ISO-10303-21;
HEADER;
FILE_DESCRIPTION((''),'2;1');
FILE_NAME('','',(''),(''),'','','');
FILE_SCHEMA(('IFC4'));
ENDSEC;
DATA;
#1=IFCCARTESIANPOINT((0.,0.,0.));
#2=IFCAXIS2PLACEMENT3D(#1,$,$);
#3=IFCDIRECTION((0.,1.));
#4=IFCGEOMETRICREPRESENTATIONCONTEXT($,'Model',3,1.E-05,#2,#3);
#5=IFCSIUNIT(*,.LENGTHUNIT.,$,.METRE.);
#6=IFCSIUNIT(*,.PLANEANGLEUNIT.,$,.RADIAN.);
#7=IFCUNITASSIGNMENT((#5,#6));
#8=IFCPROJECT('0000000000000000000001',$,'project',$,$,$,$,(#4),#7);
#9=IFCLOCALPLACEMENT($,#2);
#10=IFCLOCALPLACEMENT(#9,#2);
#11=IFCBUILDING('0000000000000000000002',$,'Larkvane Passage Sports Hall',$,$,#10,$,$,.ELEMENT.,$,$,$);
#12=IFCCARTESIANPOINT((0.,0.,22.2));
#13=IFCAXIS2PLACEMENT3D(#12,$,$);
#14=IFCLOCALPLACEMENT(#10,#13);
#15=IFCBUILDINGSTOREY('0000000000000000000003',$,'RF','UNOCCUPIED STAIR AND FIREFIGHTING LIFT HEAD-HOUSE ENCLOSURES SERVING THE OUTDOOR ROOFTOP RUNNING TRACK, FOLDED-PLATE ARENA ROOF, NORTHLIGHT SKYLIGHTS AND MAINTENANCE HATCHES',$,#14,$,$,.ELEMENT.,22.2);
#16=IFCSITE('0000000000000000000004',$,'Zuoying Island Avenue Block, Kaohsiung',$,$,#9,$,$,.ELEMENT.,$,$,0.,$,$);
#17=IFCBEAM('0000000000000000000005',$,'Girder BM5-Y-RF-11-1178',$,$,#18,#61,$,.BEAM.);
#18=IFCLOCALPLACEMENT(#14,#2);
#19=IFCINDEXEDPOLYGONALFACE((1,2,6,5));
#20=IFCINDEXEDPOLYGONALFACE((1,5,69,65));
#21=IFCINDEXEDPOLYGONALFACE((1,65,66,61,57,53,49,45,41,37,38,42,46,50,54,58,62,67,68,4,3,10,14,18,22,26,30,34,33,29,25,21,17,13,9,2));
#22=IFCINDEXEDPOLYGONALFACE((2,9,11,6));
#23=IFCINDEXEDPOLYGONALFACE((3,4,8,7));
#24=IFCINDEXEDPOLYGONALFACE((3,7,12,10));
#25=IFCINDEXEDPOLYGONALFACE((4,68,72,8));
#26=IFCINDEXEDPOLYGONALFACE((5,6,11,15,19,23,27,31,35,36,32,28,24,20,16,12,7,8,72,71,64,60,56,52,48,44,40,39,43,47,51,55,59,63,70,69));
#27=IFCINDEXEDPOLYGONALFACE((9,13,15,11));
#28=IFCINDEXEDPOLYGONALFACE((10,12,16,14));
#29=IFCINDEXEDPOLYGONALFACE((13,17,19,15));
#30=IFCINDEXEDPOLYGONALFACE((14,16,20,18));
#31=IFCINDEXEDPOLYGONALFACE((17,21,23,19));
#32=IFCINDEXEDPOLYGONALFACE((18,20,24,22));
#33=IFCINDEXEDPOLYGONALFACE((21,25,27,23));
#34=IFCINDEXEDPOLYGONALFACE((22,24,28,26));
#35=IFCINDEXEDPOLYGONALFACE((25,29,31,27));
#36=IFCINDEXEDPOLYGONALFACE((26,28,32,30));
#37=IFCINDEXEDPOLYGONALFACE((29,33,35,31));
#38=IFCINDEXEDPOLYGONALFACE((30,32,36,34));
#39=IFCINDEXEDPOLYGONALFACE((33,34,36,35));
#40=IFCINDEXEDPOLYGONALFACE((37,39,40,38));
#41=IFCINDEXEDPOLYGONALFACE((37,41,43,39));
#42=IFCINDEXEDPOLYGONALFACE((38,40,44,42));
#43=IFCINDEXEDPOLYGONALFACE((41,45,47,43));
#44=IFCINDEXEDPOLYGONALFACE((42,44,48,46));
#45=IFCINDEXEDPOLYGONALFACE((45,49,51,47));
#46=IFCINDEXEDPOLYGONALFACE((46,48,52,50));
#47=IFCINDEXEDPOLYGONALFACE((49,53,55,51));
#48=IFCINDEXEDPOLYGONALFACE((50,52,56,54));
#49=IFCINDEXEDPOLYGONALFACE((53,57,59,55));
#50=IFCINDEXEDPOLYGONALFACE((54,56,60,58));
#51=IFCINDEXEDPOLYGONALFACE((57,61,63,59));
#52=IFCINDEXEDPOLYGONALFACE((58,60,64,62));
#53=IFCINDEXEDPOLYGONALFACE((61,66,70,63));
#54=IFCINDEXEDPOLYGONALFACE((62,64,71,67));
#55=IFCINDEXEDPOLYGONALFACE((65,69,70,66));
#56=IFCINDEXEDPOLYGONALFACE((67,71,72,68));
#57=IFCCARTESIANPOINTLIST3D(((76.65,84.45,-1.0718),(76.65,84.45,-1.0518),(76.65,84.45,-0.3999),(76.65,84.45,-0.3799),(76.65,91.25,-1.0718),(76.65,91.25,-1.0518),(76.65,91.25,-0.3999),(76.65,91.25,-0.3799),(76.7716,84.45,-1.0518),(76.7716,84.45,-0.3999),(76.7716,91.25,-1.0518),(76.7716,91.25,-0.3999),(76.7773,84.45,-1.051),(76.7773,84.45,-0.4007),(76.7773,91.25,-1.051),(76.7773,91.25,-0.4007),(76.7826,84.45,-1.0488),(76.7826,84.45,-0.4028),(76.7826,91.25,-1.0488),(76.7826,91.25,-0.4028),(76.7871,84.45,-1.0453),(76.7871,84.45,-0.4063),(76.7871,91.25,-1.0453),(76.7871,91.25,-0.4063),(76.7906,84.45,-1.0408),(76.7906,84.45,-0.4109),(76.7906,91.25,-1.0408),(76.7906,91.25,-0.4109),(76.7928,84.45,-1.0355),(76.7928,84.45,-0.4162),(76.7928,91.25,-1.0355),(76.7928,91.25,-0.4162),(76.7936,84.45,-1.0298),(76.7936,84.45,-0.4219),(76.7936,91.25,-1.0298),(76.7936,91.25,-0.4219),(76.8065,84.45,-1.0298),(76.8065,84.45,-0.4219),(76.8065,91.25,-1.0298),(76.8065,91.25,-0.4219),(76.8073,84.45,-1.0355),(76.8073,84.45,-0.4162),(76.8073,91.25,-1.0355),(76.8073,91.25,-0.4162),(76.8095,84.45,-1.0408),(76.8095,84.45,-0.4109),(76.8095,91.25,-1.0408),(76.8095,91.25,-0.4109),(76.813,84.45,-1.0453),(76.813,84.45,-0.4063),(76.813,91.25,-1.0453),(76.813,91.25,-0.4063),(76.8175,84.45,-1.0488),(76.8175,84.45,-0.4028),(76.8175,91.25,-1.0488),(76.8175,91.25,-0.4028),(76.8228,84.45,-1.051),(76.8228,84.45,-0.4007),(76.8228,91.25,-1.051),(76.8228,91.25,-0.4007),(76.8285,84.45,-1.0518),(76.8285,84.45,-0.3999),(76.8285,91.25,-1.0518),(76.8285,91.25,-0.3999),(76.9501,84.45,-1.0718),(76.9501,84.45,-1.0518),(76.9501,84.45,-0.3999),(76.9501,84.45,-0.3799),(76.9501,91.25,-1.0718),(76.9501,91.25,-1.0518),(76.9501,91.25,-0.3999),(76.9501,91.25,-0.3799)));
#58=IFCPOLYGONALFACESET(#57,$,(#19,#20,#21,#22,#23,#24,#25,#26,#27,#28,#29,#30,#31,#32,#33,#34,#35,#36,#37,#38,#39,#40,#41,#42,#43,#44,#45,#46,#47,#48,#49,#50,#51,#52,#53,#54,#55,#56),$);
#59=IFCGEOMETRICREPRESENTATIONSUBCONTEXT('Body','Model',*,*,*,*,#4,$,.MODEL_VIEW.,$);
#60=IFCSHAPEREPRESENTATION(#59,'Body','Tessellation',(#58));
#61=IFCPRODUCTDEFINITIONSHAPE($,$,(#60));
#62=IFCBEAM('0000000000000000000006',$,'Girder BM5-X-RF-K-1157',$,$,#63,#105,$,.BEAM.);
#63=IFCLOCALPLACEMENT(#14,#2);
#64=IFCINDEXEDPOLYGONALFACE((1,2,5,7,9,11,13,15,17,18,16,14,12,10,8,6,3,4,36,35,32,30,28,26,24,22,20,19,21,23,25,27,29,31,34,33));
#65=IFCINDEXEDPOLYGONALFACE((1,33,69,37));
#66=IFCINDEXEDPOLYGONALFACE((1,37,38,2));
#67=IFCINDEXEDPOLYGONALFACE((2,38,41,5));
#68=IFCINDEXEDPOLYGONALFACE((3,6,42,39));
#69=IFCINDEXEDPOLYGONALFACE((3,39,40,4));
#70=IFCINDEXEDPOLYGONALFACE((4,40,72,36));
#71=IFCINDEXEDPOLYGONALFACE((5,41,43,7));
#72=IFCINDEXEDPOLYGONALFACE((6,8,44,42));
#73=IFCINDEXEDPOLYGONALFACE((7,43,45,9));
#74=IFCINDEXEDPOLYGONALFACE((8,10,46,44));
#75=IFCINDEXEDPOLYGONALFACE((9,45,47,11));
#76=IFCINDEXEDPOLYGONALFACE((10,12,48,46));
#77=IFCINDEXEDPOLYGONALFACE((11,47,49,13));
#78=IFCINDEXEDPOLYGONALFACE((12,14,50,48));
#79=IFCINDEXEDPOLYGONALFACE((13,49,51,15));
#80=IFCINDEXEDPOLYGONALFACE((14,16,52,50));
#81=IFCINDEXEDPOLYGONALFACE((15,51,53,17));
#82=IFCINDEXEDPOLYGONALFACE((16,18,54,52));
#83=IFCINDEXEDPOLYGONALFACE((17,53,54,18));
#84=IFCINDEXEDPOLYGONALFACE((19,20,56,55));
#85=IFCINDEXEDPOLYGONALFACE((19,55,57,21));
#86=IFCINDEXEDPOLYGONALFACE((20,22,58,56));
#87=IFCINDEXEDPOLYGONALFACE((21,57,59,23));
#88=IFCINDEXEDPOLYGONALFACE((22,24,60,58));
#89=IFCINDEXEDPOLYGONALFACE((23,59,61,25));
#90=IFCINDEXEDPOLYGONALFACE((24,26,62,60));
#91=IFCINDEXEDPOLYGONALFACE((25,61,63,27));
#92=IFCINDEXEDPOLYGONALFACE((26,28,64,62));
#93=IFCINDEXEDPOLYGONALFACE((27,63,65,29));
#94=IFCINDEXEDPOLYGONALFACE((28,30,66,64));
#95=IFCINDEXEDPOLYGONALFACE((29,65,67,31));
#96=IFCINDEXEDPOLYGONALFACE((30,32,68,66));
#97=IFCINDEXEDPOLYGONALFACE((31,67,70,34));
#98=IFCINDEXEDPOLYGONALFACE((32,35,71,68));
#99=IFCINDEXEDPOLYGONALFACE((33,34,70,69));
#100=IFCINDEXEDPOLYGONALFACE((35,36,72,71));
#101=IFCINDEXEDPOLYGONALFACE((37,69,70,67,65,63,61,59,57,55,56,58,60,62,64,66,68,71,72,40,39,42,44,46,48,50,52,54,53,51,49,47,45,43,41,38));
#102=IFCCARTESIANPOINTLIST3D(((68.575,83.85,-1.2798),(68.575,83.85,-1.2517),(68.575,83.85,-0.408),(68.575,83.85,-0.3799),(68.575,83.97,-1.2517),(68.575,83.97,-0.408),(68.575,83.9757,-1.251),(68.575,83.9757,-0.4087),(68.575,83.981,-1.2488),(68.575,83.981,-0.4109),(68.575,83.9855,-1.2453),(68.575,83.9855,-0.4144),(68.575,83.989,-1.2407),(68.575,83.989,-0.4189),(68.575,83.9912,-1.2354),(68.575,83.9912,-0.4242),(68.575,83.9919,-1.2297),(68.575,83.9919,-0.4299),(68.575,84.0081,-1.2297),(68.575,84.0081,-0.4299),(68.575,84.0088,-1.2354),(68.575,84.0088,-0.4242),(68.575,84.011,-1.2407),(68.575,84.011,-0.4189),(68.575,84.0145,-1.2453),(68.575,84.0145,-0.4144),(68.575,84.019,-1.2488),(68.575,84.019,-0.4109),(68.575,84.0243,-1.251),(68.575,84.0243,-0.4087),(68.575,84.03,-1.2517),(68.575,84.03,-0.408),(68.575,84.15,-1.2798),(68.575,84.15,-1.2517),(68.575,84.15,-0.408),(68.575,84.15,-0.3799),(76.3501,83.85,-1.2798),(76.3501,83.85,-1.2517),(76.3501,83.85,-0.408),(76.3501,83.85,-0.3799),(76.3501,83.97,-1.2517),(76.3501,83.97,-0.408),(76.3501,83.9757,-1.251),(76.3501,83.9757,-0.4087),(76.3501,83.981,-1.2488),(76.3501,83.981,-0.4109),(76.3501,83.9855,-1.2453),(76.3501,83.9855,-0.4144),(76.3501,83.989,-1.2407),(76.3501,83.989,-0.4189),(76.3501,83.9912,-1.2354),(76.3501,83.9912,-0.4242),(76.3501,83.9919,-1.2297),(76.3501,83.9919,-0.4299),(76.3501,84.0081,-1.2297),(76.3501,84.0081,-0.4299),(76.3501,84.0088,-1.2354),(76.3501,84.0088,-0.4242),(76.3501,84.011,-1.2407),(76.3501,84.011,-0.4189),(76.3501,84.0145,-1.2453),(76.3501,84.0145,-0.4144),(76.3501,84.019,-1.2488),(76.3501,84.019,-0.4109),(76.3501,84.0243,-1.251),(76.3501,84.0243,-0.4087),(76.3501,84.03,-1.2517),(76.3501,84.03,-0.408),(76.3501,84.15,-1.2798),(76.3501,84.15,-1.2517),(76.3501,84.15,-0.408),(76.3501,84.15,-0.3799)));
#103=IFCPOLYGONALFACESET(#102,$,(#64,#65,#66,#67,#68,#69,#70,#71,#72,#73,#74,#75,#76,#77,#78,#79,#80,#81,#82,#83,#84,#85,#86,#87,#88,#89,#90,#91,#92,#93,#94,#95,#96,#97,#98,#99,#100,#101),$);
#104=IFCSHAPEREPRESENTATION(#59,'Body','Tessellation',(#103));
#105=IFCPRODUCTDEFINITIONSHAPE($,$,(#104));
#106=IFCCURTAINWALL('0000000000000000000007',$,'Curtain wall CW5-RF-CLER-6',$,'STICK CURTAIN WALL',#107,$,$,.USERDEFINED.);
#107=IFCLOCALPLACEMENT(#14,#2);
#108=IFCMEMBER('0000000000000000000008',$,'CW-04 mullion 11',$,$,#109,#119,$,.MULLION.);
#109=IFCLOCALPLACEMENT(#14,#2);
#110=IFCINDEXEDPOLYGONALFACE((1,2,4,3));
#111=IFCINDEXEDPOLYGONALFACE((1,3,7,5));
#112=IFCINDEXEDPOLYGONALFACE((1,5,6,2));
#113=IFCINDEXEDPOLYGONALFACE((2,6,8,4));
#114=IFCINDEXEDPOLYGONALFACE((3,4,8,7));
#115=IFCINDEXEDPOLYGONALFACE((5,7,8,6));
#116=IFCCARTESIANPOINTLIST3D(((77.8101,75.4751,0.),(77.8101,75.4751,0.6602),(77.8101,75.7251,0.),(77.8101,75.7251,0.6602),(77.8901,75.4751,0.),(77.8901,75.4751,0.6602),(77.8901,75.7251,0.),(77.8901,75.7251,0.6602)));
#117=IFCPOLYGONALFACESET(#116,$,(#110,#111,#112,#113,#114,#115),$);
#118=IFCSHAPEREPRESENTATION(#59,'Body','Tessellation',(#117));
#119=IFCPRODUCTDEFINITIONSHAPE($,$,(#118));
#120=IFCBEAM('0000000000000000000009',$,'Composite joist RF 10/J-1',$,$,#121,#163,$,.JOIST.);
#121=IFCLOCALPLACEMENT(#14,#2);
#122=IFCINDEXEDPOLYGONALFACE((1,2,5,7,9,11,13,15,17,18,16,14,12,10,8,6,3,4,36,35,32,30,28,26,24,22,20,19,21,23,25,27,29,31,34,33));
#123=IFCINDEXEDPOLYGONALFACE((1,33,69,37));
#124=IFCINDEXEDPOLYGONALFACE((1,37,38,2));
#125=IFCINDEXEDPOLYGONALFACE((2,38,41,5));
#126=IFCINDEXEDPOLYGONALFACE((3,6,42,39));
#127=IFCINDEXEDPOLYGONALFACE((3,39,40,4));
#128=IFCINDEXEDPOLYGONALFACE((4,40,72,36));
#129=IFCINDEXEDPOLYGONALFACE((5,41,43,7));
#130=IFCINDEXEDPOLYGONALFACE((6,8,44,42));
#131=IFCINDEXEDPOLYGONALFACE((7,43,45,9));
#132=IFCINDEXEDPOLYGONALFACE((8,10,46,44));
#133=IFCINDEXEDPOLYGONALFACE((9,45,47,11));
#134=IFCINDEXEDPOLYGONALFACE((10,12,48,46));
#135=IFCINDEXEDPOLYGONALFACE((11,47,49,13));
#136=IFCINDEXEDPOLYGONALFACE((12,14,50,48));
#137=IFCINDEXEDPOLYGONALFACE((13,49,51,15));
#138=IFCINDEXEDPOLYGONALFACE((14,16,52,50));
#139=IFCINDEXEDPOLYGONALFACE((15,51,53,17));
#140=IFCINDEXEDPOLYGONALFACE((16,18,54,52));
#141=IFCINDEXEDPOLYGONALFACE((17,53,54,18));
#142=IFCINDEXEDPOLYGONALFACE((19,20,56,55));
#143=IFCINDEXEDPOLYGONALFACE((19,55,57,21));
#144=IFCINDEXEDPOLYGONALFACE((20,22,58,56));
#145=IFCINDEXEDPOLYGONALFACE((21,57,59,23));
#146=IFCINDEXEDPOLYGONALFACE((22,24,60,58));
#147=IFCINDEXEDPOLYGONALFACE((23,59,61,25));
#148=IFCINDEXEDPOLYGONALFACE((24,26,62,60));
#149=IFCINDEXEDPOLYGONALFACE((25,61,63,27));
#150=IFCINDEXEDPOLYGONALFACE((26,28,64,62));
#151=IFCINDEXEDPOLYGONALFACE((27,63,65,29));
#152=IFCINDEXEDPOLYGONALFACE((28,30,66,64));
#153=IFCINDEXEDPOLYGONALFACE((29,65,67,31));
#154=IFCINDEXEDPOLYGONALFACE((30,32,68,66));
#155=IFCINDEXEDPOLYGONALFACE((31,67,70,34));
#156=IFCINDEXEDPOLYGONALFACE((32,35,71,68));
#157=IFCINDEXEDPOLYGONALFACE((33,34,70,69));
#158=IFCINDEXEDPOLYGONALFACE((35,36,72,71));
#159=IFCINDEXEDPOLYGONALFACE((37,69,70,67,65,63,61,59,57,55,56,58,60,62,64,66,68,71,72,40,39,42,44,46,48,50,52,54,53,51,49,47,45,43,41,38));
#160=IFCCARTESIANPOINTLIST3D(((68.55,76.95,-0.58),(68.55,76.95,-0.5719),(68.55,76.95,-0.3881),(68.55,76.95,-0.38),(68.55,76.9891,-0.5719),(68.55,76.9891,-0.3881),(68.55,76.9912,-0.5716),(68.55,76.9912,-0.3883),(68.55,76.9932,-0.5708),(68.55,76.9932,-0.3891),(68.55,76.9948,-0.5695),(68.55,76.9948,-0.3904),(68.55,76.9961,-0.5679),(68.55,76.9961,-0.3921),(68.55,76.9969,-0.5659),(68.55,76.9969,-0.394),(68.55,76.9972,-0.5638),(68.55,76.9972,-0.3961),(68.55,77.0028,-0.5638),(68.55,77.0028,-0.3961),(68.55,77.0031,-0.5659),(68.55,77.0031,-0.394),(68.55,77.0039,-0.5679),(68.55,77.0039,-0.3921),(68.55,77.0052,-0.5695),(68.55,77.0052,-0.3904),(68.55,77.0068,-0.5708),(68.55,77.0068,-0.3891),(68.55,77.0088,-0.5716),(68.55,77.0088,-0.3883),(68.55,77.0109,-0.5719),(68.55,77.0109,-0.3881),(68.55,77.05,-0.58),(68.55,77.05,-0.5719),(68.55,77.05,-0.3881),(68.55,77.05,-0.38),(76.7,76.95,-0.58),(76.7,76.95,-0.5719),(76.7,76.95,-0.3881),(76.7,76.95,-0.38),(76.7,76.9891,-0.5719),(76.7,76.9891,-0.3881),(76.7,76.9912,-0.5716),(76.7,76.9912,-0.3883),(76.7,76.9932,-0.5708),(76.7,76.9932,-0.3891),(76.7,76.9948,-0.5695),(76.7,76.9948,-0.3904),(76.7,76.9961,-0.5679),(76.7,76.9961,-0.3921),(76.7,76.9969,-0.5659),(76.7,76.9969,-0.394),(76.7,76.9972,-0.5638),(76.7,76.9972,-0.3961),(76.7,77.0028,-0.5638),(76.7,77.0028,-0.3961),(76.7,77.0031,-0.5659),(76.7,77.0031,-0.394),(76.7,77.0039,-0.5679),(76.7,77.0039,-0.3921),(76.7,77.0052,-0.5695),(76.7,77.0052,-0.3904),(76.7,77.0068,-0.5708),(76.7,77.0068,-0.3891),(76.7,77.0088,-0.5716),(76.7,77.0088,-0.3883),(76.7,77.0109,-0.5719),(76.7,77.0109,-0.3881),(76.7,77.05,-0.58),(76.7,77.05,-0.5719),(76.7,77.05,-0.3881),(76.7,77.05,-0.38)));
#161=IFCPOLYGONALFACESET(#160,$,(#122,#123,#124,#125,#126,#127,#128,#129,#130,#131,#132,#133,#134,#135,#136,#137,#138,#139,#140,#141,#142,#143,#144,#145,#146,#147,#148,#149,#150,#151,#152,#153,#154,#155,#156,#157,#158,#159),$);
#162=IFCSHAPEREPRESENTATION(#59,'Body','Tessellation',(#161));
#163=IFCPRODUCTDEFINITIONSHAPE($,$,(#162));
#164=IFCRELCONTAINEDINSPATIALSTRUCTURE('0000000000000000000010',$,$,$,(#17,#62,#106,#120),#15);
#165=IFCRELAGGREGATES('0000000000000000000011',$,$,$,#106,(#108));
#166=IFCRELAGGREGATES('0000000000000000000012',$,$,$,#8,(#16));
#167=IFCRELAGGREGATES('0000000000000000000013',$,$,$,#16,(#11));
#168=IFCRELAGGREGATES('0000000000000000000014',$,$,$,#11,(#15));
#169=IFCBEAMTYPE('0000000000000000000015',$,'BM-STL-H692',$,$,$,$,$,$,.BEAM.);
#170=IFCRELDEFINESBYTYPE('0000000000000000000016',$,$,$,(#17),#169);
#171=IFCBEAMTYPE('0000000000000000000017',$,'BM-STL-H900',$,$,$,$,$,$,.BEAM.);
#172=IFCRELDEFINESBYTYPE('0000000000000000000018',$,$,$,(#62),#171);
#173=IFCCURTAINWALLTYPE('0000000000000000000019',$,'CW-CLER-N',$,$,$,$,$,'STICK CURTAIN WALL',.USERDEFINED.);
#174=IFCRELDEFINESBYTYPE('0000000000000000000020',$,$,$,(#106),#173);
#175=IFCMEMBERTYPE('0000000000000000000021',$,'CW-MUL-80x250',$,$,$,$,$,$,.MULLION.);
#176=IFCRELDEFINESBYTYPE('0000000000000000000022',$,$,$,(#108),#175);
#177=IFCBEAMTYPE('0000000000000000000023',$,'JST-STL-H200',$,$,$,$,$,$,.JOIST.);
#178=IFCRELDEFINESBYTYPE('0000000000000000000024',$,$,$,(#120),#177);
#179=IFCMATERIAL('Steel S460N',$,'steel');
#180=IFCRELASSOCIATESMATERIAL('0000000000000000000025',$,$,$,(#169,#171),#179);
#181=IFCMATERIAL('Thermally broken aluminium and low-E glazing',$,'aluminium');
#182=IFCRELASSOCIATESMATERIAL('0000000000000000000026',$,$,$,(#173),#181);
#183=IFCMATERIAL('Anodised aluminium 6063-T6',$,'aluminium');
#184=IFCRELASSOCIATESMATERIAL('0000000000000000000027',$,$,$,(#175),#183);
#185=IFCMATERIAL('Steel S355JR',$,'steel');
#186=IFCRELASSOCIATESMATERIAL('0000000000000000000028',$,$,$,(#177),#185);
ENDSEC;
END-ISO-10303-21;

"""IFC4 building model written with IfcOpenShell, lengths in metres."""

from ifc_helpers import new_model, si_unit, direction, frame, origin, origin_2d, place, context, subcontext, project, spatial, rectangle, i_section, extrude, material, material_profile, profile_set, type_object, element, aggregate, save


model = new_model("IFC4")

# Units and contexts
model_context = context("Model", 3, precision=1e-05, world=origin(), true_north=direction((0.0, 1.0)))
body_context = subcontext(model_context, "Body", "Model", "MODEL_VIEW")
ifc_project = project(units=[si_unit("LENGTHUNIT", "METRE"), si_unit("PLANEANGLEUNIT", "RADIAN")], contexts=[model_context])

# Site, building, storey
site_placement = place(None, origin())
site = spatial("IfcSite", under=ifc_project, at=site_placement, Name="Zuoying Island Avenue Block, Kaohsiung", CompositionType="ELEMENT", RefElevation=0.0)
building_placement = place(site_placement, origin())
building = spatial("IfcBuilding", under=site, at=building_placement, Name="Larkvane Passage Sports Hall", CompositionType="ELEMENT")
storey_placement = place(building_placement, frame((0.0, 0.0, 22.2)))
storey = spatial("IfcBuildingStorey", under=building, at=storey_placement, Name="RF", Description="UNOCCUPIED STAIR AND FIREFIGHTING LIFT HEAD-HOUSE ENCLOSURES SERVING THE OUTDOOR ROOFTOP RUNNING TRACK, FOLDED-PLATE ARENA ROOF, NORTHLIGHT SKYLIGHTS AND MAINTENANCE HATCHES", CompositionType="ELEMENT", Elevation=22.2)

# Beams
ifc_material_1 = material(Name="Steel S355JR", Category="steel")
ifc_material_2 = material(Name="Steel S460N", Category="steel")
ifc_material_profile_1 = material_profile(ifc_material_2, i_section(OverallWidth=0.3, OverallDepth=0.6919, WebThickness=0.0129, FlangeThickness=0.02, FilletRadius=0.022, at=origin_2d()), Name="H-692x300x13x20")
ifc_profile_set_1 = profile_set([ifc_material_profile_1], Name="Steel S460N")
beam_type_1 = type_object("IfcBeamType", Name="BM-STL-H692", PredefinedType="BEAM", material=ifc_profile_set_1)
beam_1_placement = place(storey_placement, frame((76.8, 84.45, -0.7258), z_axis=(0.0, 1.0, 0.0), x_axis=(-1.0, 0.0, 0.0)))
element("IfcBeam", 1, at=beam_1_placement, inside=storey, type_object=beam_type_1, Name="Girder BM5-Y-RF-11-1178", PredefinedType="BEAM", context=body_context, shape_type="SweptSolid", body=[
    extrude(i_section(OverallWidth=0.3, OverallDepth=0.6919, WebThickness=0.0129, FlangeThickness=0.02, FilletRadius=0.022, at=origin_2d()), origin(), (0.0, 0.0, 1.0), 6.8),
])
ifc_material_profile_2 = material_profile(ifc_material_2, i_section(OverallWidth=0.3, OverallDepth=0.8999, WebThickness=0.0161, FlangeThickness=0.0281, FilletRadius=0.022, at=origin_2d()), Name="H-900x300x16x28")
ifc_profile_set_2 = profile_set([ifc_material_profile_2], Name="Steel S460N")
beam_type_2 = type_object("IfcBeamType", Name="BM-STL-H900", PredefinedType="BEAM", material=ifc_profile_set_2)
beam_2_placement = place(storey_placement, frame((68.575, 84.0, -0.8298), z_axis=(1.0, 0.0, 0.0), x_axis=(0.0, 1.0, 0.0)))
element("IfcBeam", 2, at=beam_2_placement, inside=storey, type_object=beam_type_2, Name="Girder BM5-X-RF-K-1157", PredefinedType="BEAM", context=body_context, shape_type="SweptSolid", body=[
    extrude(i_section(OverallWidth=0.3, OverallDepth=0.8999, WebThickness=0.0161, FlangeThickness=0.0281, FilletRadius=0.022, at=origin_2d()), origin(), (0.0, 0.0, 1.0), 7.7751),
])

# Curtain wall, member
ifc_material_3 = material(Name="Thermally broken aluminium and low-E glazing", Category="aluminium")
curtain_wall_type = type_object("IfcCurtainWallType", Name="CW-CLER-N", ElementType="STICK CURTAIN WALL", PredefinedType="USERDEFINED", material=ifc_material_3)
curtain_wall_placement = place(storey_placement, origin())
curtain_wall = element("IfcCurtainWall", 3, at=curtain_wall_placement, inside=storey, type_object=curtain_wall_type, Name="Curtain wall CW5-RF-CLER-6", ObjectType="STICK CURTAIN WALL", PredefinedType="USERDEFINED")
ifc_material_4 = material(Name="Anodised aluminium 6063-T6", Category="aluminium")
ifc_material_profile_3 = material_profile(ifc_material_4, rectangle(XDim=0.0801, YDim=0.25, at=origin_2d()), Name="ALU-MUL-80x250")
ifc_profile_set_3 = profile_set([ifc_material_profile_3], Name="Anodised aluminium 6063-T6")
member_type = type_object("IfcMemberType", Name="CW-MUL-80x250", PredefinedType="MULLION", material=ifc_profile_set_3)
member_placement = place(storey_placement, frame((77.8501, 75.6001, 0.0), z_axis=(0.0, 0.0, 1.0), x_axis=(-1.0, 0.0, 0.0)))
member = element("IfcMember", 4, at=member_placement, type_object=member_type, Name="CW-04 mullion 11", PredefinedType="MULLION", context=body_context, shape_type="SweptSolid", body=[
    extrude(rectangle(XDim=0.0801, YDim=0.25, at=origin_2d()), origin(), (0.0, 0.0, 1.0), 0.6602),
])

# Beam
ifc_material_profile_4 = material_profile(ifc_material_1, i_section(OverallWidth=0.1001, OverallDepth=0.2, WebThickness=0.0056, FlangeThickness=0.0081, FilletRadius=0.0081, at=origin_2d()), Name="H-200x100x5.5x8")
ifc_profile_set_4 = profile_set([ifc_material_profile_4], Name="Steel S355JR")
beam_type_3 = type_object("IfcBeamType", Name="JST-STL-H200", PredefinedType="JOIST", material=ifc_profile_set_4)
beam_3_placement = place(storey_placement, frame((68.55, 77.0, -0.48), z_axis=(1.0, 0.0, 0.0), x_axis=(0.0, 1.0, 0.0)))
element("IfcBeam", 5, at=beam_3_placement, inside=storey, type_object=beam_type_3, Name="Composite joist RF 10/J-1", PredefinedType="JOIST", context=body_context, shape_type="SweptSolid", body=[
    extrude(i_section(OverallWidth=0.1001, OverallDepth=0.2, WebThickness=0.0056, FlangeThickness=0.0081, FilletRadius=0.0081, at=origin_2d()), origin(), (0.0, 0.0, 1.0), 8.1499),
])

aggregate(curtain_wall, [member])

save(model, "model.ifc")
